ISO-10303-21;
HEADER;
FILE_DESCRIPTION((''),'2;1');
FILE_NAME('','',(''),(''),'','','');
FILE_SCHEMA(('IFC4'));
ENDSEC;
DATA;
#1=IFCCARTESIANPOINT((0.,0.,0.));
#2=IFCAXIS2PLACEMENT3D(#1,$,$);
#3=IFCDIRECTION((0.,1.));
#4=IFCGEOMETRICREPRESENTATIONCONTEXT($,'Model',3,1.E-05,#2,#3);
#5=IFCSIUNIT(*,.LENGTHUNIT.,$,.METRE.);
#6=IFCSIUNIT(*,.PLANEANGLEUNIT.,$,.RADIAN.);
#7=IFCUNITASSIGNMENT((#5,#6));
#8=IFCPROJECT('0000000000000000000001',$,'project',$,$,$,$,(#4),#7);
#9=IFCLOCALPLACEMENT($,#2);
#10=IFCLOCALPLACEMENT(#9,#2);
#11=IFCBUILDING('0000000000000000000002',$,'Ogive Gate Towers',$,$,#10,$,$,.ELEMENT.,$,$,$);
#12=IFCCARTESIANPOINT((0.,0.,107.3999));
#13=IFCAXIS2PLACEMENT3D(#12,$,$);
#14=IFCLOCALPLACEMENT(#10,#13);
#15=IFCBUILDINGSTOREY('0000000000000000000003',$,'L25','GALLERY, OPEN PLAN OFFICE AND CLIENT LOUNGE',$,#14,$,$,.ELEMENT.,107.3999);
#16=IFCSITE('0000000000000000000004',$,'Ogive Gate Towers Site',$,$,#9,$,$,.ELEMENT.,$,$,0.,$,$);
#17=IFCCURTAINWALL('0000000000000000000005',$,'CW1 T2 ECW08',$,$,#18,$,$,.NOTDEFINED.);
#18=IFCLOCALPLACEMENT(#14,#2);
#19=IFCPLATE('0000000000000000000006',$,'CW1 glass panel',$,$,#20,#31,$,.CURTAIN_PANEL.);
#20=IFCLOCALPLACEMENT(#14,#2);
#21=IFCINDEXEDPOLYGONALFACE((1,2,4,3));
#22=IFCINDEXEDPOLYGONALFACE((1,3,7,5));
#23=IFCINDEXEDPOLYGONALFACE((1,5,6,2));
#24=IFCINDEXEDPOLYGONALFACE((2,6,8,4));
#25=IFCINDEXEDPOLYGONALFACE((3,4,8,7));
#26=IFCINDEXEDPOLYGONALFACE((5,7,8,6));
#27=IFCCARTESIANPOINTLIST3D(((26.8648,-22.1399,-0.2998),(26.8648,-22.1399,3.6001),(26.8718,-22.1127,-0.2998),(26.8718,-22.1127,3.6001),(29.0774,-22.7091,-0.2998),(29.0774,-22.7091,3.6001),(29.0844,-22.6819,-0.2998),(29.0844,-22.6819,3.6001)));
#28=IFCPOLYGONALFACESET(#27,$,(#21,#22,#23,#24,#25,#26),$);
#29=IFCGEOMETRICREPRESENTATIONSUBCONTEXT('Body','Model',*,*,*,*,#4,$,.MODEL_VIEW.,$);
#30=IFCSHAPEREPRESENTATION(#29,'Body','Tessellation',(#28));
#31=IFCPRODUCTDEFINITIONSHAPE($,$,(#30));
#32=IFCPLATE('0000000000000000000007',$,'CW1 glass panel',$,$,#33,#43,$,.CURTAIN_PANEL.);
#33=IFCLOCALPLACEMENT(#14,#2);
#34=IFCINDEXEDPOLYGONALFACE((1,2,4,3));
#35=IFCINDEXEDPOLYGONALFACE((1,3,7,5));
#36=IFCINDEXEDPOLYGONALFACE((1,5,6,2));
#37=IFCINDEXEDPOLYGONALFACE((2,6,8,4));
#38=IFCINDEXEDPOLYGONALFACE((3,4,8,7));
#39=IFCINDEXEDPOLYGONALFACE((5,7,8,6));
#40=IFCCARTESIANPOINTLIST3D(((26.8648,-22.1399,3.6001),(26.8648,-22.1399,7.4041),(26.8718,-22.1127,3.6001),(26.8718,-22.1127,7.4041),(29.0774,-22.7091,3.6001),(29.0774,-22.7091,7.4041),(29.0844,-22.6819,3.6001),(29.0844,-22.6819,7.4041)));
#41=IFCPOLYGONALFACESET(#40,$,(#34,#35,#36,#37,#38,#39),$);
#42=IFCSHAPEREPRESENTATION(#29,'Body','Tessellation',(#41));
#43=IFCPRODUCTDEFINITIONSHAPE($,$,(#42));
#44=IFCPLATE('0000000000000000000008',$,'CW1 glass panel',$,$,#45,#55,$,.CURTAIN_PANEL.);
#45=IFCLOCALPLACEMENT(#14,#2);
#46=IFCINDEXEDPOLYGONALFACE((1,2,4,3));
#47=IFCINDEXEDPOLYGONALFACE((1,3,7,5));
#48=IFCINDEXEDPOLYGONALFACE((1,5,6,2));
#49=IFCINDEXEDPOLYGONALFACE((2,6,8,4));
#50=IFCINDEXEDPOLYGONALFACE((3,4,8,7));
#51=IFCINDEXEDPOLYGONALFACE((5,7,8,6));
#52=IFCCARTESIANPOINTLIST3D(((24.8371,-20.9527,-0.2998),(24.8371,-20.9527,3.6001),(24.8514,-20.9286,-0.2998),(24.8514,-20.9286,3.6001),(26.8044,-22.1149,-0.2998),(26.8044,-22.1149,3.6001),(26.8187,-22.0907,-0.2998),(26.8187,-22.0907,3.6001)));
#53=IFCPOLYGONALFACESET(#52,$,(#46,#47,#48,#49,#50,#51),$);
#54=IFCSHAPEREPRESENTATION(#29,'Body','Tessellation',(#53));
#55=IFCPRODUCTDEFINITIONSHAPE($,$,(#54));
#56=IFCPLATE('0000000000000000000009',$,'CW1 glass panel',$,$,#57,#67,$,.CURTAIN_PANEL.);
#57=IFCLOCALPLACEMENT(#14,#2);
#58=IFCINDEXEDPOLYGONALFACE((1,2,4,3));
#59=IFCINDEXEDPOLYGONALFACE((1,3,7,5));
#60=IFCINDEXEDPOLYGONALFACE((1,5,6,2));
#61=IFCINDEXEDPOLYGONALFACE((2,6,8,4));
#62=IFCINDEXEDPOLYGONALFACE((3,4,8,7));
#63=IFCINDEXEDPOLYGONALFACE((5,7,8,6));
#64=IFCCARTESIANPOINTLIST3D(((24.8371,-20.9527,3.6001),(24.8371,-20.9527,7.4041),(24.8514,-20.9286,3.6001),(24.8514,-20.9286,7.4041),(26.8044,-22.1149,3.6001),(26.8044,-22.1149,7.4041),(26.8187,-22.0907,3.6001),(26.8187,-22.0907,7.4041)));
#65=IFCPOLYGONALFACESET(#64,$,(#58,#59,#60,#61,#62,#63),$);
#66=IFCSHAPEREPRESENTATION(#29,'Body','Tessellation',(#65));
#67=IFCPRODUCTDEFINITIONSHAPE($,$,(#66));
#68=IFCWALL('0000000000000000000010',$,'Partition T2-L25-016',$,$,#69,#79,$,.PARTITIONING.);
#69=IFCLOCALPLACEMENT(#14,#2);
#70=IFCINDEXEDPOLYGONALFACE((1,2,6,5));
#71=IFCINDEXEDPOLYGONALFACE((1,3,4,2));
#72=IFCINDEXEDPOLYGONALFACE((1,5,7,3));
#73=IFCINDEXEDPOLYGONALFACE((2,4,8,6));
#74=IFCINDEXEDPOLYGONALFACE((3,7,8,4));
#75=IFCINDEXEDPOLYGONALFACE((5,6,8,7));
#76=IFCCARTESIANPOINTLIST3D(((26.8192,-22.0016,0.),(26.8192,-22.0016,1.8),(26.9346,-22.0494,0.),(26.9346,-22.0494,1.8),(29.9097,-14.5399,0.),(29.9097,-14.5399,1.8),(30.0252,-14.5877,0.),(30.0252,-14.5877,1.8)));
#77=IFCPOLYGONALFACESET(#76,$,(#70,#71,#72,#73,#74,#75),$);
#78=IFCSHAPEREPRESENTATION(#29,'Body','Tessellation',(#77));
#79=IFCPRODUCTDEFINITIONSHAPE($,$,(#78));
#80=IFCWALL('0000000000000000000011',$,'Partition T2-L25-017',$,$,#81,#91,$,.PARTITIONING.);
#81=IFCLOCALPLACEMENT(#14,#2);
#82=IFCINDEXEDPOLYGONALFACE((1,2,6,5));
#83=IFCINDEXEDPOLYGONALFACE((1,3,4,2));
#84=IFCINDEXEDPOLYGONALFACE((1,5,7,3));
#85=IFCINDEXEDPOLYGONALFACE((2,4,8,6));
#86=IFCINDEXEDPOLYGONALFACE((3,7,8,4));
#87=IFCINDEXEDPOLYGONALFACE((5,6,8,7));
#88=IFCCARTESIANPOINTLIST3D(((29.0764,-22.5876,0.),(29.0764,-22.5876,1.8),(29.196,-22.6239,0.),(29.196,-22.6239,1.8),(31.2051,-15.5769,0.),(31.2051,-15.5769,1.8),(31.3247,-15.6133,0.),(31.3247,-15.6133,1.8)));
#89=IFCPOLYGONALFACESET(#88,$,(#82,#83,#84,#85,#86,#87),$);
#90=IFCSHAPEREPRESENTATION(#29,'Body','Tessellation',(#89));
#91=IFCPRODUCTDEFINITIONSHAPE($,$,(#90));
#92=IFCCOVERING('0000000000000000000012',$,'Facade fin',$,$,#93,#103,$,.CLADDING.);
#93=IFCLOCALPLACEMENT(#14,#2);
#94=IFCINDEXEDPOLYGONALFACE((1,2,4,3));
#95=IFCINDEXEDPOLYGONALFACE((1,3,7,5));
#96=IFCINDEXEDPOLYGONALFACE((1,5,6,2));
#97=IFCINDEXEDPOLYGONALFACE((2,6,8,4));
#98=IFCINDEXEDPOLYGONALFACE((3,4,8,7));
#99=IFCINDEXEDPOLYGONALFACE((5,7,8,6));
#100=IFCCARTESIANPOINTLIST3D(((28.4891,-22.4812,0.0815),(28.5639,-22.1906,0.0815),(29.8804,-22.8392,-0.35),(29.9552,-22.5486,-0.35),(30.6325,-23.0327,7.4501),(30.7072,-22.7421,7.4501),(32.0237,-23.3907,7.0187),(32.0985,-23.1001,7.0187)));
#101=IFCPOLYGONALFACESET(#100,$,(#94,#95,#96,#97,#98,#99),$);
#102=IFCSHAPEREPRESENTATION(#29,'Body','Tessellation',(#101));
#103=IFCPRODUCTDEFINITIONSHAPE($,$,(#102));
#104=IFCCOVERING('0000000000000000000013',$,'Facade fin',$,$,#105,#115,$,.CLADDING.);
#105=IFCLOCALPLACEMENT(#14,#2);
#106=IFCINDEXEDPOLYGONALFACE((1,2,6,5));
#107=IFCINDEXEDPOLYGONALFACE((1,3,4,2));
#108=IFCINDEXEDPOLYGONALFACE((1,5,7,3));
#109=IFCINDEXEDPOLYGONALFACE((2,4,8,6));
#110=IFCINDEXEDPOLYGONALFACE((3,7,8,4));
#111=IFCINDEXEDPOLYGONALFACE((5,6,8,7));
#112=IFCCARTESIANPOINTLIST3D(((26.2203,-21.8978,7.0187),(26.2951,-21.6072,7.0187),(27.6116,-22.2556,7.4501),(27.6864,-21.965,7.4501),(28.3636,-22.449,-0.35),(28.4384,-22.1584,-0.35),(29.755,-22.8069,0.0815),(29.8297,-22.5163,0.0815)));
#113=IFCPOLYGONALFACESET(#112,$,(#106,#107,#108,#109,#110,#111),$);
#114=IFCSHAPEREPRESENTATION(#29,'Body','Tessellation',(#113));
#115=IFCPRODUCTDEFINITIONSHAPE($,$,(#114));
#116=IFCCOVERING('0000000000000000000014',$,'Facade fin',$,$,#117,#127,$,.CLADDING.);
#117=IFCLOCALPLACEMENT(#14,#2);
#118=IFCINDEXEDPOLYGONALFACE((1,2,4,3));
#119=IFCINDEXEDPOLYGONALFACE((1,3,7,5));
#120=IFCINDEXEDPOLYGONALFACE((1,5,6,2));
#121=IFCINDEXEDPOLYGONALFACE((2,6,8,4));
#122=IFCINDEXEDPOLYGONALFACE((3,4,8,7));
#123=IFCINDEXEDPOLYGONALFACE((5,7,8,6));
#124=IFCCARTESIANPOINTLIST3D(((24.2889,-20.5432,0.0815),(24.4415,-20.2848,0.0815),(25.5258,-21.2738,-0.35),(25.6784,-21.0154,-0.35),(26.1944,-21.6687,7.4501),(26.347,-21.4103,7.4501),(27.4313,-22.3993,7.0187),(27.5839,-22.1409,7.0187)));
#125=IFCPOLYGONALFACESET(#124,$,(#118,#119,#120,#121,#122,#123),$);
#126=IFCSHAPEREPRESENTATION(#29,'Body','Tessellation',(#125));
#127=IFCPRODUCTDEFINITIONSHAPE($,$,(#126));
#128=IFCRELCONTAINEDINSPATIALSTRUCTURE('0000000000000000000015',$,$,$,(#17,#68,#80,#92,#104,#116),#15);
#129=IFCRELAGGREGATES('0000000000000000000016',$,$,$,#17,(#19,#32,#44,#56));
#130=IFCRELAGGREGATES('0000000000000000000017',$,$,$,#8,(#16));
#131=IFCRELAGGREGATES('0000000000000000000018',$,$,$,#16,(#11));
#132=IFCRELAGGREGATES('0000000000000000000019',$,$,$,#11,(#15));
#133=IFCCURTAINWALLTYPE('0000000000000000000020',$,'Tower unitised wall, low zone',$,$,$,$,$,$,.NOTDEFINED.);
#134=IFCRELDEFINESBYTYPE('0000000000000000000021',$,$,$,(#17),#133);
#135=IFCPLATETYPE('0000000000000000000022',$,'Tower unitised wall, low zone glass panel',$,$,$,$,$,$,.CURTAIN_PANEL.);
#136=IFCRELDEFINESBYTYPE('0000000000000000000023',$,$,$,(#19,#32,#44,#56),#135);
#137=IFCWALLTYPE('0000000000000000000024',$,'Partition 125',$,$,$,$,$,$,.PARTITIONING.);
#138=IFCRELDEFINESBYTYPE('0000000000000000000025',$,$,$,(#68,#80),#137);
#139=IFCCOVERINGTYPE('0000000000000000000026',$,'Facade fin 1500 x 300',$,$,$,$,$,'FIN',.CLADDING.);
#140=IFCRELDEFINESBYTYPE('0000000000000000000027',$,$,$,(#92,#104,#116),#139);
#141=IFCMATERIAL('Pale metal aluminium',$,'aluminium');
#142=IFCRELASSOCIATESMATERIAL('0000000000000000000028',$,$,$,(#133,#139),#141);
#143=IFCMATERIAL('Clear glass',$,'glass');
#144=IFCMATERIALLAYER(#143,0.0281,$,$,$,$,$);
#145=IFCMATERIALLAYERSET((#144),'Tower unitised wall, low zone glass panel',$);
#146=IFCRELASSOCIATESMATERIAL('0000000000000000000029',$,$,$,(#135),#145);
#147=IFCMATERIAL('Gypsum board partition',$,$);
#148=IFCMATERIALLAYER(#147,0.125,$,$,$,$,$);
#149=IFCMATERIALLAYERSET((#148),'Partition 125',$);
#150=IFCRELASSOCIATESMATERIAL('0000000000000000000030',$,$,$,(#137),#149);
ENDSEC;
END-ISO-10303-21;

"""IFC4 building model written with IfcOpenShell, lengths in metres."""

from ifc_helpers import new_model, si_unit, direction, frame, frame_2d, origin, origin_2d, place, context, subcontext, project, spatial, rectangle, extrude, material, layer, layer_set, material_profile, profile_set, type_object, element, aggregate, save


model = new_model("IFC4")

# Units and contexts
model_context = context("Model", 3, precision=1e-05, world=origin(), true_north=direction((0.0, 1.0)))
body_context = subcontext(model_context, "Body", "Model", "MODEL_VIEW")
ifc_project = project(units=[si_unit("LENGTHUNIT", "METRE"), si_unit("PLANEANGLEUNIT", "RADIAN")], contexts=[model_context])

# Site, building, storey
site_placement = place(None, origin())
site = spatial("IfcSite", under=ifc_project, at=site_placement, Name="Ogive Gate Towers Site", CompositionType="ELEMENT", RefElevation=0.0)
building_placement = place(site_placement, origin())
building = spatial("IfcBuilding", under=site, at=building_placement, Name="Ogive Gate Towers", CompositionType="ELEMENT")
storey_placement = place(building_placement, frame((0.0, 0.0, 107.3999)))
storey = spatial("IfcBuildingStorey", under=building, at=storey_placement, Name="L25", Description="GALLERY, OPEN PLAN OFFICE AND CLIENT LOUNGE", CompositionType="ELEMENT", Elevation=107.3999)

# Curtain wall, plates
ifc_material_1 = material(Name="Pale metal aluminium", Category="aluminium")
curtain_wall_type = type_object("IfcCurtainWallType", Name="Tower unitised wall, low zone", PredefinedType="NOTDEFINED", material=ifc_material_1)
curtain_wall_placement = place(storey_placement, origin())
curtain_wall = element("IfcCurtainWall", 1, at=curtain_wall_placement, inside=storey, type_object=curtain_wall_type, Name="CW1 T2 ECW08", PredefinedType="NOTDEFINED")
ifc_material_2 = material(Name="Clear glass", Category="glass")
ifc_layer_1 = layer(ifc_material_2, 0.0281)
ifc_layer_set_1 = layer_set([ifc_layer_1], Name="Tower unitised wall, low zone glass panel")
plate_type = type_object("IfcPlateType", Name="Tower unitised wall, low zone glass panel", PredefinedType="CURTAIN_PANEL", material=ifc_layer_set_1)
plate_1_placement = place(storey_placement, frame((27.9746, -22.4109, -0.2998), z_axis=(0.0, 0.0, 1.0), x_axis=(-0.968475, 0.249112, 0.0)))
plate_1 = element("IfcPlate", 2, at=plate_1_placement, type_object=plate_type, Name="CW1 glass panel", PredefinedType="CURTAIN_PANEL", context=body_context, shape_type="SweptSolid", body=[
    extrude(rectangle(XDim=2.2847, YDim=0.0281, at=origin_2d()), origin(), (0.0, 0.0, 1.0), 3.8999),
])
plate_2_placement = place(storey_placement, frame((27.9746, -22.4109, 3.6001), z_axis=(0.0, 0.0, 1.0), x_axis=(-0.968475, 0.249112, 0.0)))
plate_2 = element("IfcPlate", 3, at=plate_2_placement, type_object=plate_type, Name="CW1 glass panel", PredefinedType="CURTAIN_PANEL", context=body_context, shape_type="SweptSolid", body=[
    extrude(rectangle(XDim=2.2847, YDim=0.0281, at=origin_2d()), origin(), (0.0, 0.0, 1.0), 3.804),
])
plate_3_placement = place(storey_placement, frame((25.8279, -21.5217, -0.2998), z_axis=(0.0, 0.0, 1.0), x_axis=(-0.860991, 0.508621, 0.0)))
plate_3 = element("IfcPlate", 4, at=plate_3_placement, type_object=plate_type, Name="CW1 glass panel", PredefinedType="CURTAIN_PANEL", context=body_context, shape_type="SweptSolid", body=[
    extrude(rectangle(XDim=2.2849, YDim=0.0281, at=origin_2d()), origin(), (0.0, 0.0, 1.0), 3.8999),
])
plate_4_placement = place(storey_placement, frame((25.8279, -21.5217, 3.6001), z_axis=(0.0, 0.0, 1.0), x_axis=(-0.860991, 0.508621, 0.0)))
plate_4 = element("IfcPlate", 5, at=plate_4_placement, type_object=plate_type, Name="CW1 glass panel", PredefinedType="CURTAIN_PANEL", context=body_context, shape_type="SweptSolid", body=[
    extrude(rectangle(XDim=2.2849, YDim=0.0281, at=origin_2d()), origin(), (0.0, 0.0, 1.0), 3.804),
])
aggregate(curtain_wall, [plate_1, plate_2, plate_3, plate_4])

# Walls
ifc_material_3 = material(Name="Gypsum board partition")
ifc_layer_2 = layer(ifc_material_3, 0.125)
ifc_layer_set_2 = layer_set([ifc_layer_2], Name="Partition 125")
wall_type = type_object("IfcWallType", Name="Partition 125", PredefinedType="PARTITIONING", material=ifc_layer_set_2)
wall_1_placement = place(storey_placement, frame((26.877, -22.0254, 0.0), z_axis=(0.0, 0.0, 1.0), x_axis=(0.382668, 0.923886, 0.0)))
element("IfcWall", 6, at=wall_1_placement, inside=storey, type_object=wall_type, Name="Partition T2-L25-016", PredefinedType="PARTITIONING", context=body_context, shape_type="SweptSolid", body=[
    extrude(rectangle(XDim=8.0764, YDim=0.125, at=frame_2d((4.0381, 0.0))), origin(), (0.0, 0.0, 1.0), 1.8),
])
wall_2_placement = place(storey_placement, frame((29.1362, -22.6057, 0.0), z_axis=(0.0, 0.0, 1.0), x_axis=(0.290541, 0.956863, 0.0)))
element("IfcWall", 7, at=wall_2_placement, inside=storey, type_object=wall_type, Name="Partition T2-L25-017", PredefinedType="PARTITIONING", context=body_context, shape_type="SweptSolid", body=[
    extrude(rectangle(XDim=7.3267, YDim=0.125, at=frame_2d((3.6633, 0.0))), origin(), (0.0, 0.0, 1.0), 1.8),
])

# Coverings
ifc_material_profile_1 = material_profile(ifc_material_1, rectangle(XDim=0.3, YDim=1.5, at=origin_2d()), Name="1500 x 300 pale metal aluminium")
ifc_profile_set_1 = profile_set([ifc_material_profile_1], Name="Pale metal aluminium")
covering_type = type_object("IfcCoveringType", Name="Facade fin 1500 x 300", ElementType="FIN", PredefinedType="CLADDING", material=ifc_profile_set_1)
for number, where, z_axis, x_axis, name in (
    (8, (29.2222, -22.5149, -0.1343), (0.278575, -0.071683, 0.957736), (0.249201, 0.968452, 0.0), "Facade fin"),
    (9, (29.0967, -22.4827, -0.1343), (-0.278576, 0.071651, 0.957738), (-0.249097, -0.968478, 0.0), "Facade fin"),
    (10, (24.9836, -20.7793, -0.1343), (0.247669, -0.146285, 0.957737), (0.508562, 0.861025, 0.0), "Facade fin"),
):
    element("IfcCovering", number, at=place(storey_placement, frame(where, z_axis=z_axis, x_axis=x_axis)), inside=storey, type_object=covering_type, Name=name, PredefinedType="CLADDING", context=body_context, shape_type="SweptSolid", body=[
        extrude(rectangle(XDim=0.3, YDim=1.5, at=origin_2d()), origin(), (0.0, 0.0, 1.0), 7.6938),
    ])

save(model, "model.ifc")
